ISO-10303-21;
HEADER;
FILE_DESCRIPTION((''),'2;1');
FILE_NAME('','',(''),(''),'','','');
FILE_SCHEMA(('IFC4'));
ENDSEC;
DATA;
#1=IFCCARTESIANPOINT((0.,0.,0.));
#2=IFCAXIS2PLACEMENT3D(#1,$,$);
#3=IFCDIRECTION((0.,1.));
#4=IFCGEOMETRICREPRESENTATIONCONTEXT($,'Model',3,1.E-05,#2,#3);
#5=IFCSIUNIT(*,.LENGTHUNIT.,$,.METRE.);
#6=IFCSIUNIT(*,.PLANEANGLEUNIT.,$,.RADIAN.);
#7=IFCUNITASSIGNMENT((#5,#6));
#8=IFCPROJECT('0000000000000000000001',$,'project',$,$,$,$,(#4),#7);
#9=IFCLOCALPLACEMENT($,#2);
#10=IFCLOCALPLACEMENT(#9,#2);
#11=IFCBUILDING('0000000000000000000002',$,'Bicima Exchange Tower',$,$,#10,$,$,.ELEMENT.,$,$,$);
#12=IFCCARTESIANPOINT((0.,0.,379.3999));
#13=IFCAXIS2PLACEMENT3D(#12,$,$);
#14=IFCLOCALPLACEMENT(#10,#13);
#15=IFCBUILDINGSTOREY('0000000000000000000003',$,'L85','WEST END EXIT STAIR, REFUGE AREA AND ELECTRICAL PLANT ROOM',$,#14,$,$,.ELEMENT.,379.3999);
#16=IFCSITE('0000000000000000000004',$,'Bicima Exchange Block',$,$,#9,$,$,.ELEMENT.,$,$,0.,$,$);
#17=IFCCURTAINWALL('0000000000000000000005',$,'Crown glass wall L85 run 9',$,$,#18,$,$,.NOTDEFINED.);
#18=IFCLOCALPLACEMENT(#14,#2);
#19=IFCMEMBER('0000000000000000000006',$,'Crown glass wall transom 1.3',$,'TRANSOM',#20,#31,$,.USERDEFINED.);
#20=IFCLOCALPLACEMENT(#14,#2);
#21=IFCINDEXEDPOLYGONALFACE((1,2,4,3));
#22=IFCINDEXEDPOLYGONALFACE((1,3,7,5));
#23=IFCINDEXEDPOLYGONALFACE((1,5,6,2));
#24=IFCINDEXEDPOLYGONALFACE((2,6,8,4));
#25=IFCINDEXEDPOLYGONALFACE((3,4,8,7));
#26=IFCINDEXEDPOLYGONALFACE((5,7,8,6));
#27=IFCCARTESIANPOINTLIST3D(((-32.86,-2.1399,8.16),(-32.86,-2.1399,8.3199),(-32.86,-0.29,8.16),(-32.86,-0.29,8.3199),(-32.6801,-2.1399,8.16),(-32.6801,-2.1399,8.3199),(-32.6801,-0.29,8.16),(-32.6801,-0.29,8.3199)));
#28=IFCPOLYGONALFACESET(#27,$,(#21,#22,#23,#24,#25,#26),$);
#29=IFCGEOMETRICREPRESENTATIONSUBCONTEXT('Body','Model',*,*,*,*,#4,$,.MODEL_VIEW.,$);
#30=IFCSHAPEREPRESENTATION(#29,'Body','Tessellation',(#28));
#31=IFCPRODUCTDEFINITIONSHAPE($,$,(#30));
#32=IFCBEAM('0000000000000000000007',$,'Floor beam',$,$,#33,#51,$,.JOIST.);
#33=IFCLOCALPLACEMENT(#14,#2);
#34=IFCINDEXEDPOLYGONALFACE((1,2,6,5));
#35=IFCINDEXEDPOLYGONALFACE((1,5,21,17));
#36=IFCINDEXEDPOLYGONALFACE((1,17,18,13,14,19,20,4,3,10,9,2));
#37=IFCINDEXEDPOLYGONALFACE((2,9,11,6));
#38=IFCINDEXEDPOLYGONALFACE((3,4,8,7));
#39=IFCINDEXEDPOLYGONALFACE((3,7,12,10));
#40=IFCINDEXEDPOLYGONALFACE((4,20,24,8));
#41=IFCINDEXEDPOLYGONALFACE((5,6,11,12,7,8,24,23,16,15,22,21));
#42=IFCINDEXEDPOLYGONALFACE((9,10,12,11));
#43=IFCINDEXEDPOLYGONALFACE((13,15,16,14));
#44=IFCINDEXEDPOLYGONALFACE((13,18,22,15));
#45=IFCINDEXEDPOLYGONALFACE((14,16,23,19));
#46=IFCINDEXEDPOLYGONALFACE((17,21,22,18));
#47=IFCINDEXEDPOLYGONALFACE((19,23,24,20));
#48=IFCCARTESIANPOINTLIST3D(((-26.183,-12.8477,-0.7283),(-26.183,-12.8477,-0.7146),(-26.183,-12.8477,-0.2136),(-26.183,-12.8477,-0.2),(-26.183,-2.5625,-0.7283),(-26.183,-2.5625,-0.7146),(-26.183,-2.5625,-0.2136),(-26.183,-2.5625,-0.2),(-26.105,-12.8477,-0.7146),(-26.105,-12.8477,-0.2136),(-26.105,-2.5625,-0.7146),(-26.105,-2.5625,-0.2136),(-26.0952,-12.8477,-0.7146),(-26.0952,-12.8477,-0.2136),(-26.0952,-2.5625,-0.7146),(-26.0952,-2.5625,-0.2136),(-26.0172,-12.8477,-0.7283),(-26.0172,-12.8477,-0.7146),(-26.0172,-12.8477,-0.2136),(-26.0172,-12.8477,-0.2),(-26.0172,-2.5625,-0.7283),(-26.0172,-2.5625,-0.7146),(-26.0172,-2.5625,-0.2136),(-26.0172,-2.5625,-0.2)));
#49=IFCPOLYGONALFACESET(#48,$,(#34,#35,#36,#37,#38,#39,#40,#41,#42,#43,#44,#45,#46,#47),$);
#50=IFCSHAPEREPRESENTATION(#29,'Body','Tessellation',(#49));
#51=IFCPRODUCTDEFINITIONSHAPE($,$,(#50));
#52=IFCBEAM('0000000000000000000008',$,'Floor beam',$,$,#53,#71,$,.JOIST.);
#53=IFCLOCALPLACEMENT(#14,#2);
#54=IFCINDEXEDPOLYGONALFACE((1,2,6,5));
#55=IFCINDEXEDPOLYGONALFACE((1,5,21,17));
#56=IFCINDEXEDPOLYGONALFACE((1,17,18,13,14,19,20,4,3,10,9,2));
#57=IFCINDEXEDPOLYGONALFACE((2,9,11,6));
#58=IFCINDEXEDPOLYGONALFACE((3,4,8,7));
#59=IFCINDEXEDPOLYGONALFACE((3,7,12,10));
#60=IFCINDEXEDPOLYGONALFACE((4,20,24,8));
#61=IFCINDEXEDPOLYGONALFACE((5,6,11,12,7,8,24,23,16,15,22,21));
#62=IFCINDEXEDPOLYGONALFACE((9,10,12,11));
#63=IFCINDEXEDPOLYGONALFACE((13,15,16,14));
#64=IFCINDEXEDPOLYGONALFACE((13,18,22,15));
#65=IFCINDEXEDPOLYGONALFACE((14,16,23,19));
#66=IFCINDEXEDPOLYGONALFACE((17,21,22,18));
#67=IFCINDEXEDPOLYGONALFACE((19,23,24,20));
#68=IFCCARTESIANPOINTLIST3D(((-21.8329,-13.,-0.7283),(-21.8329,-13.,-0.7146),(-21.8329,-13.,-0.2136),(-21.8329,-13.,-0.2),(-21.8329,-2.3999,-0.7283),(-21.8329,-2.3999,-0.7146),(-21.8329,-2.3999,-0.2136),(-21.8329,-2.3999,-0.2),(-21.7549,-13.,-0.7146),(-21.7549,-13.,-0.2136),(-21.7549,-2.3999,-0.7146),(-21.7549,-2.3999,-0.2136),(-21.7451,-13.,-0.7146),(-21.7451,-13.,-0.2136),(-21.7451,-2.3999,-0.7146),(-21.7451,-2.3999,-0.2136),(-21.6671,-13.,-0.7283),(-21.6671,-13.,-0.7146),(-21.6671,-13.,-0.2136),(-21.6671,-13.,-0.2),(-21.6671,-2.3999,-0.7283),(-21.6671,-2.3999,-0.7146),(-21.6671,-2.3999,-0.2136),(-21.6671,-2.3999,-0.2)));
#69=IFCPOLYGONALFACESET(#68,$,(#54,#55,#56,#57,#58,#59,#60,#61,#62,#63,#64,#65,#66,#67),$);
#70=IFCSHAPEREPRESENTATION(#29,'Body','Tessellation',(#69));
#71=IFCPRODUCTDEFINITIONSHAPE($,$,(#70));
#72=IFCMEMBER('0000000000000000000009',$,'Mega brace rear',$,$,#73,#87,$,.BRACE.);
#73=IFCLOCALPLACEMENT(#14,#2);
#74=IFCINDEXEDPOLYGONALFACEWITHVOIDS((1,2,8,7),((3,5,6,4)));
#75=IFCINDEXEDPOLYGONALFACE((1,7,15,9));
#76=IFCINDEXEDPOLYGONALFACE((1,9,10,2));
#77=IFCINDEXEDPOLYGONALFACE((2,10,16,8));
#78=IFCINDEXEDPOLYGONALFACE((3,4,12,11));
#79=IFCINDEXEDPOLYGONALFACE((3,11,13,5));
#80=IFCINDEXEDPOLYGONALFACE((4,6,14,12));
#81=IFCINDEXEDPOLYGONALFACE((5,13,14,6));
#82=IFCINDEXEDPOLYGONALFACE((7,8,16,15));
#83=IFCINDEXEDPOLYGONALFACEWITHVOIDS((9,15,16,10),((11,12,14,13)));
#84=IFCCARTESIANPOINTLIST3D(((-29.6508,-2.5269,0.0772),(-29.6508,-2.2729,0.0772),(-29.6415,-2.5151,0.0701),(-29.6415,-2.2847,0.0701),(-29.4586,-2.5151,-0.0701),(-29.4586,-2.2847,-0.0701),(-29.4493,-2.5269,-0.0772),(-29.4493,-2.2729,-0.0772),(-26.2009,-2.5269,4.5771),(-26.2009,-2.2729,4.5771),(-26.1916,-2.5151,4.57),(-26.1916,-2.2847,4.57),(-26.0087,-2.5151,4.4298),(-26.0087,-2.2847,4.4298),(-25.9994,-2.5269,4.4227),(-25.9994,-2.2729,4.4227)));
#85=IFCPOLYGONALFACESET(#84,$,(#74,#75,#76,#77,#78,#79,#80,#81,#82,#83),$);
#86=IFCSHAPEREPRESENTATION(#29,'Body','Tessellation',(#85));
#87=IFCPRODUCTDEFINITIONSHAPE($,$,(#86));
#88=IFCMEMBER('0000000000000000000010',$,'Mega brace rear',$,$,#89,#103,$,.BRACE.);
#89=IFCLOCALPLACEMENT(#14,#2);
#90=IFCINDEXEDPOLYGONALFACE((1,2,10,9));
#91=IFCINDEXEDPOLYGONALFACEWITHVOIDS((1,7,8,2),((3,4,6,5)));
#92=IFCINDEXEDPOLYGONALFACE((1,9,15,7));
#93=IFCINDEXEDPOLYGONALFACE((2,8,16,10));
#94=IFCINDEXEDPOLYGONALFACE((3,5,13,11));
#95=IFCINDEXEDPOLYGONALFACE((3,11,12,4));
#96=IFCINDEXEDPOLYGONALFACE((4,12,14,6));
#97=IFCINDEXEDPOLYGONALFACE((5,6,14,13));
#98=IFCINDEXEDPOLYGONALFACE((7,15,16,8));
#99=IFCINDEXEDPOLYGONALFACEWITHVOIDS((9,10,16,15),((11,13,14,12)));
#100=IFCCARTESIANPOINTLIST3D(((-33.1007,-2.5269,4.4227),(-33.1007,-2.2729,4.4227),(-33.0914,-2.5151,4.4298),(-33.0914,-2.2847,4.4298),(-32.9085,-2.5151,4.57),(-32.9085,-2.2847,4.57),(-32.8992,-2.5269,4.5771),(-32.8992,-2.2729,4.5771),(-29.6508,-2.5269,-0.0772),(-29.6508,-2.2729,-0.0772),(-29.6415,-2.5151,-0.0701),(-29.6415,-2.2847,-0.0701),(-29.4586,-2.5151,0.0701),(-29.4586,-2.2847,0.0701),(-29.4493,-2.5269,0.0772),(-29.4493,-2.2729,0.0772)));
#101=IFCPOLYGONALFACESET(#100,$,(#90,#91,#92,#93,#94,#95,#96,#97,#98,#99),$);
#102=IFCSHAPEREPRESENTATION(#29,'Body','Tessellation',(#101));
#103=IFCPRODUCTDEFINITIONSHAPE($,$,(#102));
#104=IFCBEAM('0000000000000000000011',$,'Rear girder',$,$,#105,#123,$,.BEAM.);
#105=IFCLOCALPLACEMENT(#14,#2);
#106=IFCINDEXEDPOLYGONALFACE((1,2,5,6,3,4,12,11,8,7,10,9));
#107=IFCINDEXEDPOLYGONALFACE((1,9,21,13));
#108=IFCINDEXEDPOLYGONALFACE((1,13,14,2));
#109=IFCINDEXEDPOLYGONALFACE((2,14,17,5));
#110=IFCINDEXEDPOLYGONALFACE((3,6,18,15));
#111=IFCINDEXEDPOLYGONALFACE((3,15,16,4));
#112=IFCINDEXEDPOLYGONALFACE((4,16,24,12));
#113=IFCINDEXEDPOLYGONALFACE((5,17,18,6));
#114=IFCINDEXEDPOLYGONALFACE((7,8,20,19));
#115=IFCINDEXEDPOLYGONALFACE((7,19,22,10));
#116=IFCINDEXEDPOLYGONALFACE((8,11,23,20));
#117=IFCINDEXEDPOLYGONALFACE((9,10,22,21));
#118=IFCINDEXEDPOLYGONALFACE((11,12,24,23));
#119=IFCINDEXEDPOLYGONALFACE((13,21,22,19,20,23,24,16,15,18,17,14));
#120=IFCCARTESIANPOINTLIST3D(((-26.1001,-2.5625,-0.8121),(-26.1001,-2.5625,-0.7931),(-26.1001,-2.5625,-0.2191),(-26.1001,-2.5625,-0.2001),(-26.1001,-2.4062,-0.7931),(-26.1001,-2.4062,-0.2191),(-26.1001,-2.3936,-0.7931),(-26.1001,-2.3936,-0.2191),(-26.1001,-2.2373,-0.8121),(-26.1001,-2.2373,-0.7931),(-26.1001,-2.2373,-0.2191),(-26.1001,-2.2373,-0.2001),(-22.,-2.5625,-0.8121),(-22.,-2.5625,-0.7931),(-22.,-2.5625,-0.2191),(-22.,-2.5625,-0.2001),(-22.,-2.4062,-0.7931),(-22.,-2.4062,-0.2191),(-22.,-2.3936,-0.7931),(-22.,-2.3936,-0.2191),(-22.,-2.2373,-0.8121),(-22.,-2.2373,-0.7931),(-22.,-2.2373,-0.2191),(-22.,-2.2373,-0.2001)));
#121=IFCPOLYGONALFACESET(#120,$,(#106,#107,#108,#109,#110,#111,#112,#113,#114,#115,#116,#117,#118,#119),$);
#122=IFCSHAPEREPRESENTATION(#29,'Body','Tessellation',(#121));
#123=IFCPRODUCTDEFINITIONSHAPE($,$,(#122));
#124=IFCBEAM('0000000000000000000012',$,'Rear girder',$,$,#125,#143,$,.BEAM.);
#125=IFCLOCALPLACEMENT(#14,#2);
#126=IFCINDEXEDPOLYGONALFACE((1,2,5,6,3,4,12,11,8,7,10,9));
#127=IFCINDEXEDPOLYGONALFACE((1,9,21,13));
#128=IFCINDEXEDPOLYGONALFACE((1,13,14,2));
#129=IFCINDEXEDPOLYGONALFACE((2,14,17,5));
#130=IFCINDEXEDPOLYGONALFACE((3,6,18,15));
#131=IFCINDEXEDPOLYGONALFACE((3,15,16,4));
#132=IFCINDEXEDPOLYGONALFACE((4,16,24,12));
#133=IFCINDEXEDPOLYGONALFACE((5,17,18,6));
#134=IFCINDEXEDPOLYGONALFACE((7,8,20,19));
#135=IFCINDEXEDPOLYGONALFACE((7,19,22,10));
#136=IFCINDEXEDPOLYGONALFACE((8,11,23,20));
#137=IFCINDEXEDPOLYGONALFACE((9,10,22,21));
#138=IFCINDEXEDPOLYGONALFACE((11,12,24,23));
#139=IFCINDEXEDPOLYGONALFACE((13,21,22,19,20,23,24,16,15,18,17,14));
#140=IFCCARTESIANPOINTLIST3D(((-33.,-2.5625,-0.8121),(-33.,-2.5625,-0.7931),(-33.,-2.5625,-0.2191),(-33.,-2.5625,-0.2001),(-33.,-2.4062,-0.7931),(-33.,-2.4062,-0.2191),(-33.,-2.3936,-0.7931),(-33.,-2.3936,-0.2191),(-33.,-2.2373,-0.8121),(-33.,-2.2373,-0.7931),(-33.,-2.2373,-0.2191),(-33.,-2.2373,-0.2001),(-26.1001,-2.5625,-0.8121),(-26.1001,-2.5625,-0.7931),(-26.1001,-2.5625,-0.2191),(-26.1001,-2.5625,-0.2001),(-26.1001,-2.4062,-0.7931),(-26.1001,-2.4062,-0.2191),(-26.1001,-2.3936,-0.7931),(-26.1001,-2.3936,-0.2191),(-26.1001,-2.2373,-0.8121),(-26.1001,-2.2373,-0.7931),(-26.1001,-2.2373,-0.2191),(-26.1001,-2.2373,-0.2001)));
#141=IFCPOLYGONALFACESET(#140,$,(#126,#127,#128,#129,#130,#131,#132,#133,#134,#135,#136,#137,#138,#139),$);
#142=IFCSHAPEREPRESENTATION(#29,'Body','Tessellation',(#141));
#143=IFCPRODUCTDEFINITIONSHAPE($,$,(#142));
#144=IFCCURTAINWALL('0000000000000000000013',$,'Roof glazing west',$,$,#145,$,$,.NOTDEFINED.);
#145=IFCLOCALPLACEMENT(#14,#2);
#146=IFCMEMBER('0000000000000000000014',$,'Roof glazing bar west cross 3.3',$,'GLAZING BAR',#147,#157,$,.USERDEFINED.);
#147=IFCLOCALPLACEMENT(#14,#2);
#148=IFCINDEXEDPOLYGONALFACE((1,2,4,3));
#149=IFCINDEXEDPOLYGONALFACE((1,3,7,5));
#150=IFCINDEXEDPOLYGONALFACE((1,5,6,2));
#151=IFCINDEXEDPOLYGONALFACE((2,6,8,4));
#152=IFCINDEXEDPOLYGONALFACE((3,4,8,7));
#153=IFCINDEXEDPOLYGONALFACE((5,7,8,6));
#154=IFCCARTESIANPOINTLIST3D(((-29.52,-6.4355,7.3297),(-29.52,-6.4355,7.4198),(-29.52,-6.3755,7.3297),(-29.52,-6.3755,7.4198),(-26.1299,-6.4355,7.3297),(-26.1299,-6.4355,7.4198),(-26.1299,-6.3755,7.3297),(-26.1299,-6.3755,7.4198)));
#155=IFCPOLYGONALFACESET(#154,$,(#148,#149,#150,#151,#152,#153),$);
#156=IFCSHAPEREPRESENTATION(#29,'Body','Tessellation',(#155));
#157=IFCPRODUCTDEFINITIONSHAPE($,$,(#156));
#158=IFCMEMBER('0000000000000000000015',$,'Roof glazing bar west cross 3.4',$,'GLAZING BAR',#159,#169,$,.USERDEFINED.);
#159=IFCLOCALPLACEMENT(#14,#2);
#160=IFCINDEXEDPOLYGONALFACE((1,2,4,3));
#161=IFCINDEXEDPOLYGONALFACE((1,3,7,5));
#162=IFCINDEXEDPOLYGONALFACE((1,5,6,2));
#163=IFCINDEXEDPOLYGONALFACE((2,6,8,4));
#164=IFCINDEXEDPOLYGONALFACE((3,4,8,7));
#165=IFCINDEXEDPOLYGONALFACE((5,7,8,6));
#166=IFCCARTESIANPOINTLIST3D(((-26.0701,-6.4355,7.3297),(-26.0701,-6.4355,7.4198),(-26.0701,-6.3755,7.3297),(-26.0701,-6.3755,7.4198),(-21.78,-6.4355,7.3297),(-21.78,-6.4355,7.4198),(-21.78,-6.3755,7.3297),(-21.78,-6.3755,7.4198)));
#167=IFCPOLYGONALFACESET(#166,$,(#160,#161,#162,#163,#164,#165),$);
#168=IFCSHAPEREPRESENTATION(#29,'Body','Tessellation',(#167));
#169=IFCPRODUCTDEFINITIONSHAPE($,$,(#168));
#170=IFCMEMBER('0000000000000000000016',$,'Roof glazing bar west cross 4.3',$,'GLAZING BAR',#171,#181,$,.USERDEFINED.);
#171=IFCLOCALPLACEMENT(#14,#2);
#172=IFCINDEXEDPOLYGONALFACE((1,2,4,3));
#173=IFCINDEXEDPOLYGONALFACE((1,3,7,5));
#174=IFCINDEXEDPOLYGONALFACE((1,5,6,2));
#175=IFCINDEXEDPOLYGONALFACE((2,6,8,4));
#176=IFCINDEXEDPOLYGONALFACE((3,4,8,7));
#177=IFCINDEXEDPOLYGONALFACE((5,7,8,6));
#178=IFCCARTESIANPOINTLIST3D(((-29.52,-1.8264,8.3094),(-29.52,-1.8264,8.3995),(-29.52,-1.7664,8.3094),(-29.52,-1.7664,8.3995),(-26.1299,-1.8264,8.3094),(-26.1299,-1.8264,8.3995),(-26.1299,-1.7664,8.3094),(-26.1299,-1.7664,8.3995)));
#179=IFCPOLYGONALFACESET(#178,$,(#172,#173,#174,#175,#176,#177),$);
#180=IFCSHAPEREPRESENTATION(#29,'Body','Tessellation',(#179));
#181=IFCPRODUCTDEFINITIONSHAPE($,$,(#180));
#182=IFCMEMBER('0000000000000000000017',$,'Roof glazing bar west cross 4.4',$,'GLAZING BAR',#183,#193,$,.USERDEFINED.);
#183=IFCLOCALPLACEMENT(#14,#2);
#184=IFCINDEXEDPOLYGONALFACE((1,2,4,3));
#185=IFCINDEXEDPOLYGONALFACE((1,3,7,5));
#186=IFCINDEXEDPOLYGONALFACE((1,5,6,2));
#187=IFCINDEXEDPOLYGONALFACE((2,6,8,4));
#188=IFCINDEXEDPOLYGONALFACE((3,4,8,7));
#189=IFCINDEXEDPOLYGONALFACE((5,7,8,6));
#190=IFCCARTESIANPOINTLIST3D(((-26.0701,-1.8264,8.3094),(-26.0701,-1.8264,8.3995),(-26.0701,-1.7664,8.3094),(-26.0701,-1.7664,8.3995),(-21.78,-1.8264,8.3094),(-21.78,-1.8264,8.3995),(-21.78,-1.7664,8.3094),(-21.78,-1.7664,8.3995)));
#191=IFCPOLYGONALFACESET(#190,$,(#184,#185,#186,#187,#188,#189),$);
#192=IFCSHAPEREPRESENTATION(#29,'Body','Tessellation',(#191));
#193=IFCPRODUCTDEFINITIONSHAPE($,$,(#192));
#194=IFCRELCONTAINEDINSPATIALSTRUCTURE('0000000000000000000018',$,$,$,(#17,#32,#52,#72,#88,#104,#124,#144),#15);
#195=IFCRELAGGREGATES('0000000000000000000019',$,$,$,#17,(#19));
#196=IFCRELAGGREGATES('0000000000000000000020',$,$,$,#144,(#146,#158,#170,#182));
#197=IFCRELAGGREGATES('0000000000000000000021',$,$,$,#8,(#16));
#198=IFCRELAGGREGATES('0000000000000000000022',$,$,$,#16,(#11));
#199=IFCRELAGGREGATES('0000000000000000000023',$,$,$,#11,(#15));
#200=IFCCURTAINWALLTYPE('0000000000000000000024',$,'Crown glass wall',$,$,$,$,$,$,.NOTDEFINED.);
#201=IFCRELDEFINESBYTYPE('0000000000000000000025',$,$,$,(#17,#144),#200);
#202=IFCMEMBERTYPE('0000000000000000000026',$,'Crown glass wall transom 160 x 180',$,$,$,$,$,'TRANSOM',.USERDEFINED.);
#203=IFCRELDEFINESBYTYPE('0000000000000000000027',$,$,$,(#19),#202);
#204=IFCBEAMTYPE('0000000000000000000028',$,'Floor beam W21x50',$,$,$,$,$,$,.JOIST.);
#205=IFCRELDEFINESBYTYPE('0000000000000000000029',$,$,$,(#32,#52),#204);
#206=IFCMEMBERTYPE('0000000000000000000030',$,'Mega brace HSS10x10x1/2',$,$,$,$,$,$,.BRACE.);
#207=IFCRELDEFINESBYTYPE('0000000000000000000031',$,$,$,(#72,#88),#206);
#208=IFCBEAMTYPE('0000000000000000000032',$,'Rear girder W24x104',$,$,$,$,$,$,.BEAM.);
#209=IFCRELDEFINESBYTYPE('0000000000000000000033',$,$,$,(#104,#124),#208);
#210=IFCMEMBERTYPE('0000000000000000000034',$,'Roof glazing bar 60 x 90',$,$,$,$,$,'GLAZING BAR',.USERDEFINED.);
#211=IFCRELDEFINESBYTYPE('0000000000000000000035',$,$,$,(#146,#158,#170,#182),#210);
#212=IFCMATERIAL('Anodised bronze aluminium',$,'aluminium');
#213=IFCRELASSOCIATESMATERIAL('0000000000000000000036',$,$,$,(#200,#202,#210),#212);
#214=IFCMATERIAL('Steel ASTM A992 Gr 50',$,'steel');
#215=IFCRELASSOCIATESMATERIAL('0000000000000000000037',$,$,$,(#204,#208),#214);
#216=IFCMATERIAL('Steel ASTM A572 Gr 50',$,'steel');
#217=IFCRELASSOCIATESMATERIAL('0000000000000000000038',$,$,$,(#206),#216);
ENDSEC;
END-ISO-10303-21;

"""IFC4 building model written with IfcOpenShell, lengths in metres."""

from ifc_helpers import new_model, si_unit, direction, frame, origin, origin_2d, place, context, subcontext, project, spatial, rectangle, hollow_rectangle, i_section, extrude, material, material_profile, profile_set, type_object, element, aggregate, save


model = new_model("IFC4")

# Units and contexts
model_context = context("Model", 3, precision=1e-05, world=origin(), true_north=direction((0.0, 1.0)))
body_context = subcontext(model_context, "Body", "Model", "MODEL_VIEW")
ifc_project = project(units=[si_unit("LENGTHUNIT", "METRE"), si_unit("PLANEANGLEUNIT", "RADIAN")], contexts=[model_context])

# Site, building, storey
site_placement = place(None, origin())
site = spatial("IfcSite", under=ifc_project, at=site_placement, Name="Bicima Exchange Block", CompositionType="ELEMENT", RefElevation=0.0)
building_placement = place(site_placement, origin())
building = spatial("IfcBuilding", under=site, at=building_placement, Name="Bicima Exchange Tower", CompositionType="ELEMENT")
storey_placement = place(building_placement, frame((0.0, 0.0, 379.3999)))
storey = spatial("IfcBuildingStorey", under=building, at=storey_placement, Name="L85", Description="WEST END EXIT STAIR, REFUGE AREA AND ELECTRICAL PLANT ROOM", CompositionType="ELEMENT", Elevation=379.3999)

# Shared definitions
ifc_material_1 = material(Name="Steel ASTM A992 Gr 50", Category="steel")
ifc_material_2 = material(Name="Steel ASTM A572 Gr 50", Category="steel")

# Shared definitions
ifc_material_3 = material(Name="Anodised bronze aluminium", Category="aluminium")
curtain_wall_type = type_object("IfcCurtainWallType", Name="Crown glass wall", PredefinedType="NOTDEFINED", material=ifc_material_3)

# Curtain wall
curtain_wall_1_placement = place(storey_placement, origin())
curtain_wall_1 = element("IfcCurtainWall", 1, at=curtain_wall_1_placement, inside=storey, type_object=curtain_wall_type, Name="Crown glass wall L85 run 9", PredefinedType="NOTDEFINED")

# Member
ifc_material_profile_1 = material_profile(ifc_material_3, rectangle(XDim=0.1799, YDim=0.1599, at=origin_2d()))
ifc_profile_set_1 = profile_set([ifc_material_profile_1], Name="Anodised bronze aluminium")
member_type_1 = type_object("IfcMemberType", Name="Crown glass wall transom 160 x 180", ElementType="TRANSOM", PredefinedType="USERDEFINED", material=ifc_profile_set_1)
member_1_placement = place(storey_placement, frame((-32.77, -0.29, 8.24), z_axis=(0.0, -1.0, 0.0), x_axis=(1.0, 0.0, 0.0)))
member_1 = element("IfcMember", 2, at=member_1_placement, type_object=member_type_1, Name="Crown glass wall transom 1.3", ObjectType="TRANSOM", PredefinedType="USERDEFINED", context=body_context, shape_type="SweptSolid", body=[
    extrude(rectangle(XDim=0.1799, YDim=0.1599, at=origin_2d()), origin(), (0.0, 0.0, 1.0), 1.8499),
])
aggregate(curtain_wall_1, [member_1])

# Beams
ifc_material_profile_2 = material_profile(ifc_material_1, i_section(OverallWidth=0.1658, OverallDepth=0.5283, WebThickness=0.0098, FlangeThickness=0.0137, at=origin_2d()))
ifc_profile_set_2 = profile_set([ifc_material_profile_2], Name="Steel ASTM A992 Gr 50")
beam_type_1 = type_object("IfcBeamType", Name="Floor beam W21x50", PredefinedType="JOIST", material=ifc_profile_set_2)
beam_1_placement = place(storey_placement, frame((-26.1001, -2.5625, -0.4641), z_axis=(0.0, -1.0, 0.0), x_axis=(1.0, 0.0, 0.0)))
element("IfcBeam", 3, at=beam_1_placement, inside=storey, type_object=beam_type_1, Name="Floor beam", PredefinedType="JOIST", context=body_context, shape_type="SweptSolid", body=[
    extrude(i_section(OverallWidth=0.1658, OverallDepth=0.5283, WebThickness=0.0098, FlangeThickness=0.0137, at=origin_2d()), origin(), (0.0, 0.0, 1.0), 10.2852),
])
beam_2_placement = place(storey_placement, frame((-21.75, -2.3999, -0.4641), z_axis=(0.0, -1.0, 0.0), x_axis=(1.0, 0.0, 0.0)))
element("IfcBeam", 4, at=beam_2_placement, inside=storey, type_object=beam_type_1, Name="Floor beam", PredefinedType="JOIST", context=body_context, shape_type="SweptSolid", body=[
    extrude(i_section(OverallWidth=0.1658, OverallDepth=0.5283, WebThickness=0.0098, FlangeThickness=0.0137, at=origin_2d()), origin(), (0.0, 0.0, 1.0), 10.6001),
])

# Members
ifc_material_profile_3 = material_profile(ifc_material_2, hollow_rectangle(XDim=0.2539, YDim=0.2539, WallThickness=0.0117, at=origin_2d()))
ifc_profile_set_3 = profile_set([ifc_material_profile_3], Name="Steel ASTM A572 Gr 50")
member_type_2 = type_object("IfcMemberType", Name="Mega brace HSS10x10x1/2", PredefinedType="BRACE", material=ifc_profile_set_3)
for number, where, z_axis, x_axis, name in (
    (5, (-29.55, -2.3999, 0.0), (0.608426, 0.0, 0.793611), (0.0, 1.0, 0.0), "Mega brace rear"),
    (6, (-29.55, -2.3999, 0.0), (-0.608426, 0.0, 0.793611), (0.0, -1.0, 0.0), "Mega brace rear"),
):
    element("IfcMember", number, at=place(storey_placement, frame(where, z_axis=z_axis, x_axis=x_axis)), inside=storey, type_object=member_type_2, Name=name, PredefinedType="BRACE", context=body_context, shape_type="SweptSolid", body=[
        extrude(hollow_rectangle(XDim=0.2539, YDim=0.2539, WallThickness=0.0117, at=origin_2d()), origin(), (0.0, 0.0, 1.0), 5.6702),
    ])

# Beams
ifc_material_profile_4 = material_profile(ifc_material_1, i_section(OverallWidth=0.3252, OverallDepth=0.6121, WebThickness=0.0127, FlangeThickness=0.019, at=origin_2d()))
ifc_profile_set_4 = profile_set([ifc_material_profile_4], Name="Steel ASTM A992 Gr 50")
beam_type_2 = type_object("IfcBeamType", Name="Rear girder W24x104", PredefinedType="BEAM", material=ifc_profile_set_4)
beam_3_placement = place(storey_placement, frame((-22.0, -2.3999, -0.5061), z_axis=(-1.0, 0.0, 0.0), x_axis=(0.0, -1.0, 0.0)))
element("IfcBeam", 7, at=beam_3_placement, inside=storey, type_object=beam_type_2, Name="Rear girder", PredefinedType="BEAM", context=body_context, shape_type="SweptSolid", body=[
    extrude(i_section(OverallWidth=0.3252, OverallDepth=0.6121, WebThickness=0.0127, FlangeThickness=0.019, at=origin_2d()), origin(), (0.0, 0.0, 1.0), 4.1001),
])
beam_4_placement = place(storey_placement, frame((-26.1001, -2.3999, -0.5061), z_axis=(-1.0, 0.0, 0.0), x_axis=(0.0, -1.0, 0.0)))
element("IfcBeam", 8, at=beam_4_placement, inside=storey, type_object=beam_type_2, Name="Rear girder", PredefinedType="BEAM", context=body_context, shape_type="SweptSolid", body=[
    extrude(i_section(OverallWidth=0.3252, OverallDepth=0.6121, WebThickness=0.0127, FlangeThickness=0.019, at=origin_2d()), origin(), (0.0, 0.0, 1.0), 6.8999),
])

# Curtain wall, members
curtain_wall_2_placement = place(storey_placement, origin())
curtain_wall_2 = element("IfcCurtainWall", 9, at=curtain_wall_2_placement, inside=storey, type_object=curtain_wall_type, Name="Roof glazing west", PredefinedType="NOTDEFINED")
ifc_material_profile_5 = material_profile(ifc_material_3, rectangle(XDim=0.0601, YDim=0.0901, at=origin_2d()))
ifc_profile_set_5 = profile_set([ifc_material_profile_5], Name="Anodised bronze aluminium")
member_type_3 = type_object("IfcMemberType", Name="Roof glazing bar 60 x 90", ElementType="GLAZING BAR", PredefinedType="USERDEFINED", material=ifc_profile_set_5)
member_2_placement = place(storey_placement, frame((-29.52, -6.4055, 7.3748), z_axis=(1.0, 0.0, 0.0), x_axis=(0.0, 1.0, 0.0)))
member_2 = element("IfcMember", 10, at=member_2_placement, type_object=member_type_3, Name="Roof glazing bar west cross 3.3", ObjectType="GLAZING BAR", PredefinedType="USERDEFINED", context=body_context, shape_type="SweptSolid", body=[
    extrude(rectangle(XDim=0.0601, YDim=0.0901, at=origin_2d()), origin(), (0.0, 0.0, 1.0), 3.3901),
])
member_3_placement = place(storey_placement, frame((-26.0701, -6.4055, 7.3748), z_axis=(1.0, 0.0, 0.0), x_axis=(0.0, 1.0, 0.0)))
member_3 = element("IfcMember", 11, at=member_3_placement, type_object=member_type_3, Name="Roof glazing bar west cross 3.4", ObjectType="GLAZING BAR", PredefinedType="USERDEFINED", context=body_context, shape_type="SweptSolid", body=[
    extrude(rectangle(XDim=0.0601, YDim=0.0901, at=origin_2d()), origin(), (0.0, 0.0, 1.0), 4.29),
])
member_4_placement = place(storey_placement, frame((-29.52, -1.7964, 8.3545), z_axis=(1.0, 0.0, 0.0), x_axis=(0.0, 1.0, 0.0)))
member_4 = element("IfcMember", 12, at=member_4_placement, type_object=member_type_3, Name="Roof glazing bar west cross 4.3", ObjectType="GLAZING BAR", PredefinedType="USERDEFINED", context=body_context, shape_type="SweptSolid", body=[
    extrude(rectangle(XDim=0.0601, YDim=0.0901, at=origin_2d()), origin(), (0.0, 0.0, 1.0), 3.3901),
])
member_5_placement = place(storey_placement, frame((-26.0701, -1.7964, 8.3545), z_axis=(1.0, 0.0, 0.0), x_axis=(0.0, 1.0, 0.0)))
member_5 = element("IfcMember", 13, at=member_5_placement, type_object=member_type_3, Name="Roof glazing bar west cross 4.4", ObjectType="GLAZING BAR", PredefinedType="USERDEFINED", context=body_context, shape_type="SweptSolid", body=[
    extrude(rectangle(XDim=0.0601, YDim=0.0901, at=origin_2d()), origin(), (0.0, 0.0, 1.0), 4.29),
])

aggregate(curtain_wall_2, [member_2, member_3, member_4, member_5])

save(model, "model.ifc")
